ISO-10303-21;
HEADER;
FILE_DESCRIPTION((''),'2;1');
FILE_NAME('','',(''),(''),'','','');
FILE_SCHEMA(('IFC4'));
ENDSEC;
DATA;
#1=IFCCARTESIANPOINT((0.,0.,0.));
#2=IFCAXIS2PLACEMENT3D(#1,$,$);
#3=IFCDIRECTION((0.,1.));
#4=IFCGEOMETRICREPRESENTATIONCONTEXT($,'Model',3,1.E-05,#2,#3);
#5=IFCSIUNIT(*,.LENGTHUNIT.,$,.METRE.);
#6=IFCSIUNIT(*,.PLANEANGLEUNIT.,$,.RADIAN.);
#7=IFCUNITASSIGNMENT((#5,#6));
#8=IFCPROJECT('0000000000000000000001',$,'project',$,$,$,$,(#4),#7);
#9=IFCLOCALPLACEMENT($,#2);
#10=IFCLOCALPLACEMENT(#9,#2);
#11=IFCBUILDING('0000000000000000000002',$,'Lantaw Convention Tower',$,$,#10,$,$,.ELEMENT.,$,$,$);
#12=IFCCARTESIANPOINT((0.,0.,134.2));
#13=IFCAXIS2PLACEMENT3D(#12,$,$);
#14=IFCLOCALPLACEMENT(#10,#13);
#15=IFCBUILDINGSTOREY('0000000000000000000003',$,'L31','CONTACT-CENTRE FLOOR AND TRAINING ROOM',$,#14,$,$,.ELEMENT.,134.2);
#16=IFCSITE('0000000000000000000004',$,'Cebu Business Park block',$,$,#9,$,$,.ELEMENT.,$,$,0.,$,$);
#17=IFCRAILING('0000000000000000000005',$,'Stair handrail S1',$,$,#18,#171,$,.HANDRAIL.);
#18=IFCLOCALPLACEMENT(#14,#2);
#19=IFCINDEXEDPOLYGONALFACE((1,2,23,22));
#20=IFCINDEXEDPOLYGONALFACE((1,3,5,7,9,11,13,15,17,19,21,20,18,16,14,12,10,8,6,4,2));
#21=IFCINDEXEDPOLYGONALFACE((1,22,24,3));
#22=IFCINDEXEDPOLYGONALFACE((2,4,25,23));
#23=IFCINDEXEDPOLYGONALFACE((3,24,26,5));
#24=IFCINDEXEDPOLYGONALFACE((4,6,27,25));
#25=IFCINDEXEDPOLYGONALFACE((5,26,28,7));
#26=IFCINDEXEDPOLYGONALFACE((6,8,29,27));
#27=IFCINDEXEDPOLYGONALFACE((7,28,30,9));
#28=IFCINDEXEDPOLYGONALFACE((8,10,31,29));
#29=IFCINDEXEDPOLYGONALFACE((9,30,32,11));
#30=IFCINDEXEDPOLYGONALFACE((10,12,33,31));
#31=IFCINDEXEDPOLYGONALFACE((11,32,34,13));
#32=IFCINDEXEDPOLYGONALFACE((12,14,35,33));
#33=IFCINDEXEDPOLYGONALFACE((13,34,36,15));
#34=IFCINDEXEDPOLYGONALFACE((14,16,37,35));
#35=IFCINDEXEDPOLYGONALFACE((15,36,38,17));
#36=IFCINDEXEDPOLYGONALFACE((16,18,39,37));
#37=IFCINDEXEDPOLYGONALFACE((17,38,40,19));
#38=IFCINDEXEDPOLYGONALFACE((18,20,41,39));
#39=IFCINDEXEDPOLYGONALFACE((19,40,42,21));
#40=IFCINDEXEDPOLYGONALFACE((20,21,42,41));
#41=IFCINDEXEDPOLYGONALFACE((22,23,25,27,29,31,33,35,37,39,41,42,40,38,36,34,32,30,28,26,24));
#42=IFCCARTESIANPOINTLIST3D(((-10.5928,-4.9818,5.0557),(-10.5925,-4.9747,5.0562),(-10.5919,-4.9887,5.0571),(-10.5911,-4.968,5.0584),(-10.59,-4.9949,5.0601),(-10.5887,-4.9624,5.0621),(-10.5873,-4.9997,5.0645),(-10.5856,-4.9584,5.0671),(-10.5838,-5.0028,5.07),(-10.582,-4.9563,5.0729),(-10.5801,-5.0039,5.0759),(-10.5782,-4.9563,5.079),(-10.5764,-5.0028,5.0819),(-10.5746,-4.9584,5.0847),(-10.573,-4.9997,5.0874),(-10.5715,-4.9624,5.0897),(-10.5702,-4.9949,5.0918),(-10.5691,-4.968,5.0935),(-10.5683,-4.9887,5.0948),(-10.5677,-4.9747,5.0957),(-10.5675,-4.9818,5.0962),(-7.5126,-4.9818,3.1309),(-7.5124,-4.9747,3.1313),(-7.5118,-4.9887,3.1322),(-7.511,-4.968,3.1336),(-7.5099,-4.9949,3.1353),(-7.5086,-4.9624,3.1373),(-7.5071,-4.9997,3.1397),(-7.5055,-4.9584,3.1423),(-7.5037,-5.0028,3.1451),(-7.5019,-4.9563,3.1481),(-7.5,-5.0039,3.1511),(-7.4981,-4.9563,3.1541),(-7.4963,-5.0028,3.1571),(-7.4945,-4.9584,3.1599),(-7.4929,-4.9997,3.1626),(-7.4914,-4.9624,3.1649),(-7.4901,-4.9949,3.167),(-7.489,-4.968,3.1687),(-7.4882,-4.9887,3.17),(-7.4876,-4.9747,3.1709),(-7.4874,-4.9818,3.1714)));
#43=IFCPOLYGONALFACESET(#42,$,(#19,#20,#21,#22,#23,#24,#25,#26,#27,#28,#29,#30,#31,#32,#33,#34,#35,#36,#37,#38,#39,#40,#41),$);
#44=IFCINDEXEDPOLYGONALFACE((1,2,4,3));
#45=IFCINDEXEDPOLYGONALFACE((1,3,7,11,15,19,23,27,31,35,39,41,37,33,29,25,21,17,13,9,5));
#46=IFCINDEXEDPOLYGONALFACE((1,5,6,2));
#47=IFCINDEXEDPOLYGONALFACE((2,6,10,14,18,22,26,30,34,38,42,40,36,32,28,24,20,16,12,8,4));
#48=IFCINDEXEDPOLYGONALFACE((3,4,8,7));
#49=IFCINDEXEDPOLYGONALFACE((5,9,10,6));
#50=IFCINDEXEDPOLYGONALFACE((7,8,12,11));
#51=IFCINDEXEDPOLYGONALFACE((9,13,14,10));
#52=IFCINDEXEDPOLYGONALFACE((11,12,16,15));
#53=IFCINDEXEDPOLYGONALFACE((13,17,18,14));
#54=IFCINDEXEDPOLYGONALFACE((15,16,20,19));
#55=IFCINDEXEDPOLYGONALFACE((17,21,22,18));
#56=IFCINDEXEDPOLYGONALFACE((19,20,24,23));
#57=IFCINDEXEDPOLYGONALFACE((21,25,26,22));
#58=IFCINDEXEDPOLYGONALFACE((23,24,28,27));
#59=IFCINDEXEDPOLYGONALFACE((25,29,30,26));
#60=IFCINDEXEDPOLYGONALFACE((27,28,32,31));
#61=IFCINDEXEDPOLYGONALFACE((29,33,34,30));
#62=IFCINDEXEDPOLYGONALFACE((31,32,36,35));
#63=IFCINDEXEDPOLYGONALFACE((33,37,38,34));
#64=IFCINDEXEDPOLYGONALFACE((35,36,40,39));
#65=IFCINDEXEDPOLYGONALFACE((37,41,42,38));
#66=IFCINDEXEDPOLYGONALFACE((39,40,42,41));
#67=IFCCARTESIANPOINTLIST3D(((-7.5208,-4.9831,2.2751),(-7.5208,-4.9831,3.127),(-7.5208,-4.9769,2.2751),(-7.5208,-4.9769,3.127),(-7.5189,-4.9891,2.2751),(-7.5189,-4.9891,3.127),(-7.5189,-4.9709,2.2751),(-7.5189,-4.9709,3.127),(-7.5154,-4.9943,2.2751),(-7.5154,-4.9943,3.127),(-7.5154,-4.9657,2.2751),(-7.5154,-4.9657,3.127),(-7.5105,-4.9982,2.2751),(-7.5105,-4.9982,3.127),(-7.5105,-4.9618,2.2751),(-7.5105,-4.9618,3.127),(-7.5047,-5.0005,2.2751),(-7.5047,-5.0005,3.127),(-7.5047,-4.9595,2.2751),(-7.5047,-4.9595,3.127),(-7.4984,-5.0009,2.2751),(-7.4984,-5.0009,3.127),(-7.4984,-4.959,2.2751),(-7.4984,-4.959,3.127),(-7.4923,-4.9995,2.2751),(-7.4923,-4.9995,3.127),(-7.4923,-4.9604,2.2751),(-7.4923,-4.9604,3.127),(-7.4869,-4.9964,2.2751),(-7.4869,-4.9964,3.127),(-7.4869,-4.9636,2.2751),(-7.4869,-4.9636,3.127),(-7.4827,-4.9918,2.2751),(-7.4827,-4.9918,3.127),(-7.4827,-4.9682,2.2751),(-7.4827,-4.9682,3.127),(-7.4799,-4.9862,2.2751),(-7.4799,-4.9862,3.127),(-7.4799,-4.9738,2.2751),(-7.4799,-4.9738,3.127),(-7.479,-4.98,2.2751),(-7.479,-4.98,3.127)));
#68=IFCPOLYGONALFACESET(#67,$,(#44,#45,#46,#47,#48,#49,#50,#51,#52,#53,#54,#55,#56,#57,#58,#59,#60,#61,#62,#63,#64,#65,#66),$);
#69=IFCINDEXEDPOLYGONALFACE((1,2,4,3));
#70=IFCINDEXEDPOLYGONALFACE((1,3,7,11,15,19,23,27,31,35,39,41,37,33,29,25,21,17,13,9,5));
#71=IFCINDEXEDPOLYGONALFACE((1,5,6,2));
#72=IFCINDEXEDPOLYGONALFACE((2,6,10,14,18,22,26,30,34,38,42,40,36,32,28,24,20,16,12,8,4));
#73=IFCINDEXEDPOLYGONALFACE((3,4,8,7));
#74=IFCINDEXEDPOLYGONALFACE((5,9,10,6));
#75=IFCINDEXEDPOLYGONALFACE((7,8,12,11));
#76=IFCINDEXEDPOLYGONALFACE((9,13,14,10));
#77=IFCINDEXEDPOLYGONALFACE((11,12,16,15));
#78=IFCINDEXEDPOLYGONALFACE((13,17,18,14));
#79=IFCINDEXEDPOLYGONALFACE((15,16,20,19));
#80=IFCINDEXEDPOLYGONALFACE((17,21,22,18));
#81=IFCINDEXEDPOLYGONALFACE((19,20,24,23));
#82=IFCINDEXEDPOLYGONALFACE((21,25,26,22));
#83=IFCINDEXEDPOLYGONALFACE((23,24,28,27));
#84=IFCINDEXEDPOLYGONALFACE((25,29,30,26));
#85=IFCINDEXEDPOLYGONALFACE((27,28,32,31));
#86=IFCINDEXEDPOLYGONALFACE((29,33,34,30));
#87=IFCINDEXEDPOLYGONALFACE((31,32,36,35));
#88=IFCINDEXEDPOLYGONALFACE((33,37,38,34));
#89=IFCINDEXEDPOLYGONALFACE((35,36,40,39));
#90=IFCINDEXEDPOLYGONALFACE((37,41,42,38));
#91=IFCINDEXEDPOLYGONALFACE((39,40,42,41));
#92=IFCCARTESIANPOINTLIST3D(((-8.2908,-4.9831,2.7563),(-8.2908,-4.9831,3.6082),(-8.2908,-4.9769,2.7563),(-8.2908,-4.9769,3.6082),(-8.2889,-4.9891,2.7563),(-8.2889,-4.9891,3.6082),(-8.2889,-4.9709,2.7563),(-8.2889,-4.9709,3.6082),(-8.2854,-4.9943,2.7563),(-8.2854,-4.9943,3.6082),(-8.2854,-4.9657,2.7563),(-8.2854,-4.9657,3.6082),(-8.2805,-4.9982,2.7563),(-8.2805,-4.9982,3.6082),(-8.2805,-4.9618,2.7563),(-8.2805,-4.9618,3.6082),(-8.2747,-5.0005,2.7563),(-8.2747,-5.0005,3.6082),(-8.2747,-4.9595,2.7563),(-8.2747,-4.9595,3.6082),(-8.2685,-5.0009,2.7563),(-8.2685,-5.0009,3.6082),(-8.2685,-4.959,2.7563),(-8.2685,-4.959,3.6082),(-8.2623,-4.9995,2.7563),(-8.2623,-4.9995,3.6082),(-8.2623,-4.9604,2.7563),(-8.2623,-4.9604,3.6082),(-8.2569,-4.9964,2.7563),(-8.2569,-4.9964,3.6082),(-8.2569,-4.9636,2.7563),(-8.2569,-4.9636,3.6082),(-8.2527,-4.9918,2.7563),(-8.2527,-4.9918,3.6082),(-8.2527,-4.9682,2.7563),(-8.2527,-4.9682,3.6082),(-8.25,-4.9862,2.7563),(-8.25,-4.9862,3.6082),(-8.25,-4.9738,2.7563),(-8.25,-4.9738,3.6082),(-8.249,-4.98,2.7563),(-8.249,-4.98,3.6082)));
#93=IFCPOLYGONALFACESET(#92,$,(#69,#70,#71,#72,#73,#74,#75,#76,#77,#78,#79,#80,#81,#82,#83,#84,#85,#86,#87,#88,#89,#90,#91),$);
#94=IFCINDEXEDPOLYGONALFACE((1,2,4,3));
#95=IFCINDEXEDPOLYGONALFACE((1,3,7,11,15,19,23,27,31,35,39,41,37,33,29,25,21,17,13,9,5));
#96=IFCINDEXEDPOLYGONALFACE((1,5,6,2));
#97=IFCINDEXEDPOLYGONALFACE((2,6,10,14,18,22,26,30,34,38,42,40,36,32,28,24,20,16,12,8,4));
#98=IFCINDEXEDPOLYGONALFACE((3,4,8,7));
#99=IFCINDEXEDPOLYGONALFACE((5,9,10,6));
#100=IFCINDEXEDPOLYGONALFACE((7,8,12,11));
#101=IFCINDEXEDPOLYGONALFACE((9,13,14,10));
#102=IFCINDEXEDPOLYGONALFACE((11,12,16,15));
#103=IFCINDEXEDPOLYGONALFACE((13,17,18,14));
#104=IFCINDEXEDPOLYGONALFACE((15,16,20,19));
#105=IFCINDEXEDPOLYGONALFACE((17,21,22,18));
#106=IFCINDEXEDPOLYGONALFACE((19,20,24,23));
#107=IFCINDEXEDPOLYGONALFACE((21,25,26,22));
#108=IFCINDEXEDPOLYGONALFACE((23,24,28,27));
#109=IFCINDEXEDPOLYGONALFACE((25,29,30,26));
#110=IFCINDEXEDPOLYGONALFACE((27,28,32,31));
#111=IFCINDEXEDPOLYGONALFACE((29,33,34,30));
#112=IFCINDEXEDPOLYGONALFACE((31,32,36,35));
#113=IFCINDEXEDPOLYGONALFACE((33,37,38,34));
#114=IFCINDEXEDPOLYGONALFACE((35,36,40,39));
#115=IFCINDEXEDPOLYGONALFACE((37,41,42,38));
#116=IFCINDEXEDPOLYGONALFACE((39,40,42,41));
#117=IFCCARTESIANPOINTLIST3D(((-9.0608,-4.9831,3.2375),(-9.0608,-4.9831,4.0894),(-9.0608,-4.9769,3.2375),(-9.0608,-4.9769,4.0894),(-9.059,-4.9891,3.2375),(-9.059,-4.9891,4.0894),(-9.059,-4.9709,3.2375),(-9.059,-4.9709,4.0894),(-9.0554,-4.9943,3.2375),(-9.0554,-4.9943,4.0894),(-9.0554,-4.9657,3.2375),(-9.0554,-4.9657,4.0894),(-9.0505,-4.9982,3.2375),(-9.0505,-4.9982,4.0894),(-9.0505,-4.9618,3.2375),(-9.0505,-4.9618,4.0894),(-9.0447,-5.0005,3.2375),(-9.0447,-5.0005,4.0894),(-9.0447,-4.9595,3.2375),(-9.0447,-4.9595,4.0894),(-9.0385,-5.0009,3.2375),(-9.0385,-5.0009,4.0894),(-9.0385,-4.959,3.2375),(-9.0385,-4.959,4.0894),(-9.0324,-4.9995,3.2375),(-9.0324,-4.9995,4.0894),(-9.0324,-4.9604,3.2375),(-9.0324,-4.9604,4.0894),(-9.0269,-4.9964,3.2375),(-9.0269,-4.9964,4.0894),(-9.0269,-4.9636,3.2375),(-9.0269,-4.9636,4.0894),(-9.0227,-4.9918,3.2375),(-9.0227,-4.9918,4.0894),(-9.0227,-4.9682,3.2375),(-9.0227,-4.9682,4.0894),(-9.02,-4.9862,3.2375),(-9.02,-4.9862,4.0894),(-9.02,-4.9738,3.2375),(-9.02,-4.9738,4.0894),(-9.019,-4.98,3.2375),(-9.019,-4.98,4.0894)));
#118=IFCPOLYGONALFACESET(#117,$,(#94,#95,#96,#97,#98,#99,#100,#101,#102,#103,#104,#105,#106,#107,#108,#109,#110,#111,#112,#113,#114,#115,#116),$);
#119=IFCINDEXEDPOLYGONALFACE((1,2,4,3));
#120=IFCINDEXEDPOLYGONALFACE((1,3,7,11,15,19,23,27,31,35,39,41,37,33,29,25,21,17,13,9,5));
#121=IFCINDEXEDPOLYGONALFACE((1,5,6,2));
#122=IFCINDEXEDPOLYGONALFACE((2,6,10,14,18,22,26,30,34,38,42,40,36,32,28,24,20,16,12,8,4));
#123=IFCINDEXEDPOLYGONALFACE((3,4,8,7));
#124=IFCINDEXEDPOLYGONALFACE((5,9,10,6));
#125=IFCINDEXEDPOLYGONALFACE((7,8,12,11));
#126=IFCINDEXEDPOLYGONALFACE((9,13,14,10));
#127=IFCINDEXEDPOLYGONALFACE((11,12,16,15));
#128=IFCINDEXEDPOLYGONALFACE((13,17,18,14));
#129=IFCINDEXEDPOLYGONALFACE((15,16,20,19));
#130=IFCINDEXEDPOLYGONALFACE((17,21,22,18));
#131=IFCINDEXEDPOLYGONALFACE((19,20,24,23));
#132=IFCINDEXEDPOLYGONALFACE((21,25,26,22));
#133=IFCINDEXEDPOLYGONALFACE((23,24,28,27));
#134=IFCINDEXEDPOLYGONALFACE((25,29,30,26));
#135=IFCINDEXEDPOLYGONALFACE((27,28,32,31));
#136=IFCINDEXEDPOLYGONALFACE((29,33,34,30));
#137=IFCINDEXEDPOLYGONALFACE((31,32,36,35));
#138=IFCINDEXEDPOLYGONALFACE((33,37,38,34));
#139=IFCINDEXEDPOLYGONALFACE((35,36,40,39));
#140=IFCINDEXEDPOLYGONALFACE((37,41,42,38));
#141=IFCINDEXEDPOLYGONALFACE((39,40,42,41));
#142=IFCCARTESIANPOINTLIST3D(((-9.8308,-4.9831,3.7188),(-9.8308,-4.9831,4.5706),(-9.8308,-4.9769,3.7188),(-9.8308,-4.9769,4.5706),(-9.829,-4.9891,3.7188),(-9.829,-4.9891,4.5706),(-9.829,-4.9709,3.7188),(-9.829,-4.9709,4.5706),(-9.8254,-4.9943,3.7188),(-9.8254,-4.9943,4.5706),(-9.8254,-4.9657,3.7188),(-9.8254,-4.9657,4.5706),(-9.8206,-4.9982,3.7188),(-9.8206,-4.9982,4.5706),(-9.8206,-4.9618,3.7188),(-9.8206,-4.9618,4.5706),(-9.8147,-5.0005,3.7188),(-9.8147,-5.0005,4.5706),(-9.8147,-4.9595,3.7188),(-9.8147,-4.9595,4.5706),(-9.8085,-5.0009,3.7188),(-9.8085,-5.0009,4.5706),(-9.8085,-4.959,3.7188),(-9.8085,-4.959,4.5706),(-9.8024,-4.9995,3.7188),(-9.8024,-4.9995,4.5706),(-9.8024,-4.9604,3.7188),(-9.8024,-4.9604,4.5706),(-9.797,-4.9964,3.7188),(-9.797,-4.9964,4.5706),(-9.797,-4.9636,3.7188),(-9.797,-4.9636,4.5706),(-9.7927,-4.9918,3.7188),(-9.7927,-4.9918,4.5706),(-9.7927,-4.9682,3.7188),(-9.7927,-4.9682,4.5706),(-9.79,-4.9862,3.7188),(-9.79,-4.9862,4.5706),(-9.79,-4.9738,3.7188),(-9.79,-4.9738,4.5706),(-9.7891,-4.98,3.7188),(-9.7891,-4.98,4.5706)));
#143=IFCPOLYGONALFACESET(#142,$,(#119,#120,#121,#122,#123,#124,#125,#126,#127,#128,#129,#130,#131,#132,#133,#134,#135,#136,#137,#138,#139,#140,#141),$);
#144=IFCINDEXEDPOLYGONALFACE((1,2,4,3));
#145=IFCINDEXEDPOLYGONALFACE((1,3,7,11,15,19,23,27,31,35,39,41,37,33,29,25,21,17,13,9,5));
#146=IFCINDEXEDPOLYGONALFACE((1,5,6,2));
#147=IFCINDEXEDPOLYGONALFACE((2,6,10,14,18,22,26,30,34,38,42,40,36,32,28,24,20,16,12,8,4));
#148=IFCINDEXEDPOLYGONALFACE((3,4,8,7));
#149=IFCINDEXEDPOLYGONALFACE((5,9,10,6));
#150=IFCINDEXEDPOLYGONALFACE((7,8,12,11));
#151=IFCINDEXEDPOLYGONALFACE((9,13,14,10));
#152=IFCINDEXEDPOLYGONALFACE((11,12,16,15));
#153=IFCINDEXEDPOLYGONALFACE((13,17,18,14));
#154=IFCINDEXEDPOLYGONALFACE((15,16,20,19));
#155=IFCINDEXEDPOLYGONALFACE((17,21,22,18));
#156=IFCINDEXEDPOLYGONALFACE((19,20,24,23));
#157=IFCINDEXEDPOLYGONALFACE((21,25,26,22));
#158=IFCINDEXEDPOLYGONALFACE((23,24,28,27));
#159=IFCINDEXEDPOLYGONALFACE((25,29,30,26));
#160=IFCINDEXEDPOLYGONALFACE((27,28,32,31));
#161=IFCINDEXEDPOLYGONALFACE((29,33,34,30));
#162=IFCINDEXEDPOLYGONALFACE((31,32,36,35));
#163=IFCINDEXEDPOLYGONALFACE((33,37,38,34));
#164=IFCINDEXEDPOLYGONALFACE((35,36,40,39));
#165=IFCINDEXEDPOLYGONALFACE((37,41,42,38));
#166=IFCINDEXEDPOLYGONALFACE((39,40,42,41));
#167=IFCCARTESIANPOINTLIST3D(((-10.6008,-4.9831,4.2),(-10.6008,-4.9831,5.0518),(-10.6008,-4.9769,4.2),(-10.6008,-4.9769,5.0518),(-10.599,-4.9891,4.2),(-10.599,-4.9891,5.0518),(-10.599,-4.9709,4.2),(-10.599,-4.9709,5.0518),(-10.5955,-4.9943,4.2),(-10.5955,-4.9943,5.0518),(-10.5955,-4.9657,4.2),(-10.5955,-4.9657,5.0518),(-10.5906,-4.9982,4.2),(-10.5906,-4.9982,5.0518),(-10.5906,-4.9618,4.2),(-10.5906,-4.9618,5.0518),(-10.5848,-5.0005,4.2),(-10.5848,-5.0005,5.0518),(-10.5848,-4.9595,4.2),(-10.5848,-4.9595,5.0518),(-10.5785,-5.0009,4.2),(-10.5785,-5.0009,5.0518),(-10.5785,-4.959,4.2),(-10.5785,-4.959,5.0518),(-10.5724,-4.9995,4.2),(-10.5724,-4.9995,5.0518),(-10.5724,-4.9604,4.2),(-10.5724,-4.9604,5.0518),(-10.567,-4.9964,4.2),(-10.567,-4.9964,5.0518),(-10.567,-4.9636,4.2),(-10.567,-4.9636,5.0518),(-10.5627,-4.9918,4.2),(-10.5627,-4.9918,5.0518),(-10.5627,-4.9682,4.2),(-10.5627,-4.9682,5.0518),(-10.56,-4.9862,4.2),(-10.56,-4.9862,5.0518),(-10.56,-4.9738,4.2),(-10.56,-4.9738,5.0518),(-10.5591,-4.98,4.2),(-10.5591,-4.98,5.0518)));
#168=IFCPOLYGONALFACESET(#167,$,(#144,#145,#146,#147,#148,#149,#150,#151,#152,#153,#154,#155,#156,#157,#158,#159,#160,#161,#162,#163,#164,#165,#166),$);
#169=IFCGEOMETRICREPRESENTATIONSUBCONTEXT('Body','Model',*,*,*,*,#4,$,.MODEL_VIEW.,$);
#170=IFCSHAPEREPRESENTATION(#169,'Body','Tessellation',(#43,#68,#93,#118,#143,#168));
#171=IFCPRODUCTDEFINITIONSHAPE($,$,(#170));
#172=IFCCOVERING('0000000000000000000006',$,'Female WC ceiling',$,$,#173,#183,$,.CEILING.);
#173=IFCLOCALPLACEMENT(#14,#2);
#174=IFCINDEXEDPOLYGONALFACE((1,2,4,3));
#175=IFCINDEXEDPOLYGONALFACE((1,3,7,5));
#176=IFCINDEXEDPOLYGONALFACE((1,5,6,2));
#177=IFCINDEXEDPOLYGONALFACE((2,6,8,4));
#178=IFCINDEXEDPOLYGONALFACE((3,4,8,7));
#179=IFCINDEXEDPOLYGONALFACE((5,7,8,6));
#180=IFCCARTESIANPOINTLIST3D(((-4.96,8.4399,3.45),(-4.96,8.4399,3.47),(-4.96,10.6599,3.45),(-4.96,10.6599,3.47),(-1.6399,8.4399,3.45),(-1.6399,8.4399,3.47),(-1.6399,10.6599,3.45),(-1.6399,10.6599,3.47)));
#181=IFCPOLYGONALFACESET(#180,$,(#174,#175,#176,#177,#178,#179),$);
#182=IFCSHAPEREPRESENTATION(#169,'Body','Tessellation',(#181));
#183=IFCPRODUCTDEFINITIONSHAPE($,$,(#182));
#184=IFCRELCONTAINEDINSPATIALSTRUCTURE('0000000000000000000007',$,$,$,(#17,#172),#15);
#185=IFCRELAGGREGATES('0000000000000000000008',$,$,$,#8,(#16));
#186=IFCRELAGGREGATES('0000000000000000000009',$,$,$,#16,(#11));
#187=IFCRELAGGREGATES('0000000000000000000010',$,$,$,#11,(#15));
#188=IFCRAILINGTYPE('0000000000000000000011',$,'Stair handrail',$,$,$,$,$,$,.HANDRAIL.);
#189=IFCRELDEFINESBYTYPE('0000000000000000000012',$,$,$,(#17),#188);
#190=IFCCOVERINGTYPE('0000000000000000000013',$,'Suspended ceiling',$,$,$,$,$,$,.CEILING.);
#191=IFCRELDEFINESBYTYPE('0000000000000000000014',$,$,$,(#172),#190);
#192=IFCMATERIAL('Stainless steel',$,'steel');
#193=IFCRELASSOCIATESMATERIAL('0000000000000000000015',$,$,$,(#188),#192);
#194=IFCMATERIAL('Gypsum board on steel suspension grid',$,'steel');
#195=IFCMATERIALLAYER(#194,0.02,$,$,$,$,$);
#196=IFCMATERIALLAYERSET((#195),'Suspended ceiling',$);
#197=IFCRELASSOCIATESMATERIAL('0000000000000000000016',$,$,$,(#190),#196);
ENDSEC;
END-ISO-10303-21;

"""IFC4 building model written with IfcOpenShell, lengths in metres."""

from ifc_helpers import new_model, si_unit, direction, frame, origin, origin_2d, place, context, subcontext, project, spatial, polyline, circle, outline, extrude, material, layer, layer_set, type_object, element, save


model = new_model("IFC4")

# Units and contexts
model_context = context("Model", 3, precision=1e-05, world=origin(), true_north=direction((0.0, 1.0)))
body_context = subcontext(model_context, "Body", "Model", "MODEL_VIEW")
ifc_project = project(units=[si_unit("LENGTHUNIT", "METRE"), si_unit("PLANEANGLEUNIT", "RADIAN")], contexts=[model_context])

# Site, building, storey
site_placement = place(None, origin())
site = spatial("IfcSite", under=ifc_project, at=site_placement, Name="Cebu Business Park block", CompositionType="ELEMENT", RefElevation=0.0)
building_placement = place(site_placement, origin())
building = spatial("IfcBuilding", under=site, at=building_placement, Name="Lantaw Convention Tower", CompositionType="ELEMENT")
storey_placement = place(building_placement, frame((0.0, 0.0, 134.2)))
storey = spatial("IfcBuildingStorey", under=building, at=storey_placement, Name="L31", Description="CONTACT-CENTRE FLOOR AND TRAINING ROOM", CompositionType="ELEMENT", Elevation=134.2)

# Railing
ifc_material_1 = material(Name="Stainless steel", Category="steel")
railing_type = type_object("IfcRailingType", Name="Stair handrail", PredefinedType="HANDRAIL", material=ifc_material_1)
railing_1_placement = place(storey_placement, frame((-7.5, -4.98, 2.2751)))
element("IfcRailing", 1, at=railing_1_placement, inside=storey, type_object=railing_type, Name="Stair handrail S1", PredefinedType="HANDRAIL", context=body_context, shape_type="SweptSolid", body=[
    extrude(circle(Radius=0.0239, at=origin_2d()), frame((0.0, 0.0, 0.876), z_axis=(-0.848029, 0.0, 0.529951), x_axis=(0.0, -1.0, 0.0)), (0.0, 0.0, 1.0), 3.6321),
    extrude(circle(Radius=0.021, at=origin_2d()), origin(), (0.0, 0.0, 1.0), 0.8518),
    extrude(circle(Radius=0.021, at=origin_2d()), frame((-0.77, 0.0, 0.4812)), (0.0, 0.0, 1.0), 0.8518),
    extrude(circle(Radius=0.021, at=origin_2d()), frame((-1.54, 0.0, 0.9624)), (0.0, 0.0, 1.0), 0.8518),
    extrude(circle(Radius=0.021, at=origin_2d()), frame((-2.3101, 0.0, 1.4436)), (0.0, 0.0, 1.0), 0.8518),
    extrude(circle(Radius=0.021, at=origin_2d()), frame((-3.0801, 0.0, 1.9248)), (0.0, 0.0, 1.0), 0.8518),
])

# Covering
ifc_material_2 = material(Name="Gypsum board on steel suspension grid", Category="steel")
ifc_layer_1 = layer(ifc_material_2, 0.02)
ifc_layer_set_1 = layer_set([ifc_layer_1], Name="Suspended ceiling")
covering_type = type_object("IfcCoveringType", Name="Suspended ceiling", PredefinedType="CEILING", material=ifc_layer_set_1)
covering_placement = place(storey_placement, frame((0.0, 0.0, 3.45)))
element("IfcCovering", 2, at=covering_placement, inside=storey, type_object=covering_type, Name="Female WC ceiling", PredefinedType="CEILING", context=body_context, shape_type="SweptSolid", body=[
    extrude(outline(polyline([(-4.96, 8.4399), (-1.6399, 8.4399), (-1.6399, 10.6599), (-4.96, 10.6599), (-4.96, 8.4399)])), origin(), (0.0, 0.0, 1.0), 0.02),
])

save(model, "model.ifc")
